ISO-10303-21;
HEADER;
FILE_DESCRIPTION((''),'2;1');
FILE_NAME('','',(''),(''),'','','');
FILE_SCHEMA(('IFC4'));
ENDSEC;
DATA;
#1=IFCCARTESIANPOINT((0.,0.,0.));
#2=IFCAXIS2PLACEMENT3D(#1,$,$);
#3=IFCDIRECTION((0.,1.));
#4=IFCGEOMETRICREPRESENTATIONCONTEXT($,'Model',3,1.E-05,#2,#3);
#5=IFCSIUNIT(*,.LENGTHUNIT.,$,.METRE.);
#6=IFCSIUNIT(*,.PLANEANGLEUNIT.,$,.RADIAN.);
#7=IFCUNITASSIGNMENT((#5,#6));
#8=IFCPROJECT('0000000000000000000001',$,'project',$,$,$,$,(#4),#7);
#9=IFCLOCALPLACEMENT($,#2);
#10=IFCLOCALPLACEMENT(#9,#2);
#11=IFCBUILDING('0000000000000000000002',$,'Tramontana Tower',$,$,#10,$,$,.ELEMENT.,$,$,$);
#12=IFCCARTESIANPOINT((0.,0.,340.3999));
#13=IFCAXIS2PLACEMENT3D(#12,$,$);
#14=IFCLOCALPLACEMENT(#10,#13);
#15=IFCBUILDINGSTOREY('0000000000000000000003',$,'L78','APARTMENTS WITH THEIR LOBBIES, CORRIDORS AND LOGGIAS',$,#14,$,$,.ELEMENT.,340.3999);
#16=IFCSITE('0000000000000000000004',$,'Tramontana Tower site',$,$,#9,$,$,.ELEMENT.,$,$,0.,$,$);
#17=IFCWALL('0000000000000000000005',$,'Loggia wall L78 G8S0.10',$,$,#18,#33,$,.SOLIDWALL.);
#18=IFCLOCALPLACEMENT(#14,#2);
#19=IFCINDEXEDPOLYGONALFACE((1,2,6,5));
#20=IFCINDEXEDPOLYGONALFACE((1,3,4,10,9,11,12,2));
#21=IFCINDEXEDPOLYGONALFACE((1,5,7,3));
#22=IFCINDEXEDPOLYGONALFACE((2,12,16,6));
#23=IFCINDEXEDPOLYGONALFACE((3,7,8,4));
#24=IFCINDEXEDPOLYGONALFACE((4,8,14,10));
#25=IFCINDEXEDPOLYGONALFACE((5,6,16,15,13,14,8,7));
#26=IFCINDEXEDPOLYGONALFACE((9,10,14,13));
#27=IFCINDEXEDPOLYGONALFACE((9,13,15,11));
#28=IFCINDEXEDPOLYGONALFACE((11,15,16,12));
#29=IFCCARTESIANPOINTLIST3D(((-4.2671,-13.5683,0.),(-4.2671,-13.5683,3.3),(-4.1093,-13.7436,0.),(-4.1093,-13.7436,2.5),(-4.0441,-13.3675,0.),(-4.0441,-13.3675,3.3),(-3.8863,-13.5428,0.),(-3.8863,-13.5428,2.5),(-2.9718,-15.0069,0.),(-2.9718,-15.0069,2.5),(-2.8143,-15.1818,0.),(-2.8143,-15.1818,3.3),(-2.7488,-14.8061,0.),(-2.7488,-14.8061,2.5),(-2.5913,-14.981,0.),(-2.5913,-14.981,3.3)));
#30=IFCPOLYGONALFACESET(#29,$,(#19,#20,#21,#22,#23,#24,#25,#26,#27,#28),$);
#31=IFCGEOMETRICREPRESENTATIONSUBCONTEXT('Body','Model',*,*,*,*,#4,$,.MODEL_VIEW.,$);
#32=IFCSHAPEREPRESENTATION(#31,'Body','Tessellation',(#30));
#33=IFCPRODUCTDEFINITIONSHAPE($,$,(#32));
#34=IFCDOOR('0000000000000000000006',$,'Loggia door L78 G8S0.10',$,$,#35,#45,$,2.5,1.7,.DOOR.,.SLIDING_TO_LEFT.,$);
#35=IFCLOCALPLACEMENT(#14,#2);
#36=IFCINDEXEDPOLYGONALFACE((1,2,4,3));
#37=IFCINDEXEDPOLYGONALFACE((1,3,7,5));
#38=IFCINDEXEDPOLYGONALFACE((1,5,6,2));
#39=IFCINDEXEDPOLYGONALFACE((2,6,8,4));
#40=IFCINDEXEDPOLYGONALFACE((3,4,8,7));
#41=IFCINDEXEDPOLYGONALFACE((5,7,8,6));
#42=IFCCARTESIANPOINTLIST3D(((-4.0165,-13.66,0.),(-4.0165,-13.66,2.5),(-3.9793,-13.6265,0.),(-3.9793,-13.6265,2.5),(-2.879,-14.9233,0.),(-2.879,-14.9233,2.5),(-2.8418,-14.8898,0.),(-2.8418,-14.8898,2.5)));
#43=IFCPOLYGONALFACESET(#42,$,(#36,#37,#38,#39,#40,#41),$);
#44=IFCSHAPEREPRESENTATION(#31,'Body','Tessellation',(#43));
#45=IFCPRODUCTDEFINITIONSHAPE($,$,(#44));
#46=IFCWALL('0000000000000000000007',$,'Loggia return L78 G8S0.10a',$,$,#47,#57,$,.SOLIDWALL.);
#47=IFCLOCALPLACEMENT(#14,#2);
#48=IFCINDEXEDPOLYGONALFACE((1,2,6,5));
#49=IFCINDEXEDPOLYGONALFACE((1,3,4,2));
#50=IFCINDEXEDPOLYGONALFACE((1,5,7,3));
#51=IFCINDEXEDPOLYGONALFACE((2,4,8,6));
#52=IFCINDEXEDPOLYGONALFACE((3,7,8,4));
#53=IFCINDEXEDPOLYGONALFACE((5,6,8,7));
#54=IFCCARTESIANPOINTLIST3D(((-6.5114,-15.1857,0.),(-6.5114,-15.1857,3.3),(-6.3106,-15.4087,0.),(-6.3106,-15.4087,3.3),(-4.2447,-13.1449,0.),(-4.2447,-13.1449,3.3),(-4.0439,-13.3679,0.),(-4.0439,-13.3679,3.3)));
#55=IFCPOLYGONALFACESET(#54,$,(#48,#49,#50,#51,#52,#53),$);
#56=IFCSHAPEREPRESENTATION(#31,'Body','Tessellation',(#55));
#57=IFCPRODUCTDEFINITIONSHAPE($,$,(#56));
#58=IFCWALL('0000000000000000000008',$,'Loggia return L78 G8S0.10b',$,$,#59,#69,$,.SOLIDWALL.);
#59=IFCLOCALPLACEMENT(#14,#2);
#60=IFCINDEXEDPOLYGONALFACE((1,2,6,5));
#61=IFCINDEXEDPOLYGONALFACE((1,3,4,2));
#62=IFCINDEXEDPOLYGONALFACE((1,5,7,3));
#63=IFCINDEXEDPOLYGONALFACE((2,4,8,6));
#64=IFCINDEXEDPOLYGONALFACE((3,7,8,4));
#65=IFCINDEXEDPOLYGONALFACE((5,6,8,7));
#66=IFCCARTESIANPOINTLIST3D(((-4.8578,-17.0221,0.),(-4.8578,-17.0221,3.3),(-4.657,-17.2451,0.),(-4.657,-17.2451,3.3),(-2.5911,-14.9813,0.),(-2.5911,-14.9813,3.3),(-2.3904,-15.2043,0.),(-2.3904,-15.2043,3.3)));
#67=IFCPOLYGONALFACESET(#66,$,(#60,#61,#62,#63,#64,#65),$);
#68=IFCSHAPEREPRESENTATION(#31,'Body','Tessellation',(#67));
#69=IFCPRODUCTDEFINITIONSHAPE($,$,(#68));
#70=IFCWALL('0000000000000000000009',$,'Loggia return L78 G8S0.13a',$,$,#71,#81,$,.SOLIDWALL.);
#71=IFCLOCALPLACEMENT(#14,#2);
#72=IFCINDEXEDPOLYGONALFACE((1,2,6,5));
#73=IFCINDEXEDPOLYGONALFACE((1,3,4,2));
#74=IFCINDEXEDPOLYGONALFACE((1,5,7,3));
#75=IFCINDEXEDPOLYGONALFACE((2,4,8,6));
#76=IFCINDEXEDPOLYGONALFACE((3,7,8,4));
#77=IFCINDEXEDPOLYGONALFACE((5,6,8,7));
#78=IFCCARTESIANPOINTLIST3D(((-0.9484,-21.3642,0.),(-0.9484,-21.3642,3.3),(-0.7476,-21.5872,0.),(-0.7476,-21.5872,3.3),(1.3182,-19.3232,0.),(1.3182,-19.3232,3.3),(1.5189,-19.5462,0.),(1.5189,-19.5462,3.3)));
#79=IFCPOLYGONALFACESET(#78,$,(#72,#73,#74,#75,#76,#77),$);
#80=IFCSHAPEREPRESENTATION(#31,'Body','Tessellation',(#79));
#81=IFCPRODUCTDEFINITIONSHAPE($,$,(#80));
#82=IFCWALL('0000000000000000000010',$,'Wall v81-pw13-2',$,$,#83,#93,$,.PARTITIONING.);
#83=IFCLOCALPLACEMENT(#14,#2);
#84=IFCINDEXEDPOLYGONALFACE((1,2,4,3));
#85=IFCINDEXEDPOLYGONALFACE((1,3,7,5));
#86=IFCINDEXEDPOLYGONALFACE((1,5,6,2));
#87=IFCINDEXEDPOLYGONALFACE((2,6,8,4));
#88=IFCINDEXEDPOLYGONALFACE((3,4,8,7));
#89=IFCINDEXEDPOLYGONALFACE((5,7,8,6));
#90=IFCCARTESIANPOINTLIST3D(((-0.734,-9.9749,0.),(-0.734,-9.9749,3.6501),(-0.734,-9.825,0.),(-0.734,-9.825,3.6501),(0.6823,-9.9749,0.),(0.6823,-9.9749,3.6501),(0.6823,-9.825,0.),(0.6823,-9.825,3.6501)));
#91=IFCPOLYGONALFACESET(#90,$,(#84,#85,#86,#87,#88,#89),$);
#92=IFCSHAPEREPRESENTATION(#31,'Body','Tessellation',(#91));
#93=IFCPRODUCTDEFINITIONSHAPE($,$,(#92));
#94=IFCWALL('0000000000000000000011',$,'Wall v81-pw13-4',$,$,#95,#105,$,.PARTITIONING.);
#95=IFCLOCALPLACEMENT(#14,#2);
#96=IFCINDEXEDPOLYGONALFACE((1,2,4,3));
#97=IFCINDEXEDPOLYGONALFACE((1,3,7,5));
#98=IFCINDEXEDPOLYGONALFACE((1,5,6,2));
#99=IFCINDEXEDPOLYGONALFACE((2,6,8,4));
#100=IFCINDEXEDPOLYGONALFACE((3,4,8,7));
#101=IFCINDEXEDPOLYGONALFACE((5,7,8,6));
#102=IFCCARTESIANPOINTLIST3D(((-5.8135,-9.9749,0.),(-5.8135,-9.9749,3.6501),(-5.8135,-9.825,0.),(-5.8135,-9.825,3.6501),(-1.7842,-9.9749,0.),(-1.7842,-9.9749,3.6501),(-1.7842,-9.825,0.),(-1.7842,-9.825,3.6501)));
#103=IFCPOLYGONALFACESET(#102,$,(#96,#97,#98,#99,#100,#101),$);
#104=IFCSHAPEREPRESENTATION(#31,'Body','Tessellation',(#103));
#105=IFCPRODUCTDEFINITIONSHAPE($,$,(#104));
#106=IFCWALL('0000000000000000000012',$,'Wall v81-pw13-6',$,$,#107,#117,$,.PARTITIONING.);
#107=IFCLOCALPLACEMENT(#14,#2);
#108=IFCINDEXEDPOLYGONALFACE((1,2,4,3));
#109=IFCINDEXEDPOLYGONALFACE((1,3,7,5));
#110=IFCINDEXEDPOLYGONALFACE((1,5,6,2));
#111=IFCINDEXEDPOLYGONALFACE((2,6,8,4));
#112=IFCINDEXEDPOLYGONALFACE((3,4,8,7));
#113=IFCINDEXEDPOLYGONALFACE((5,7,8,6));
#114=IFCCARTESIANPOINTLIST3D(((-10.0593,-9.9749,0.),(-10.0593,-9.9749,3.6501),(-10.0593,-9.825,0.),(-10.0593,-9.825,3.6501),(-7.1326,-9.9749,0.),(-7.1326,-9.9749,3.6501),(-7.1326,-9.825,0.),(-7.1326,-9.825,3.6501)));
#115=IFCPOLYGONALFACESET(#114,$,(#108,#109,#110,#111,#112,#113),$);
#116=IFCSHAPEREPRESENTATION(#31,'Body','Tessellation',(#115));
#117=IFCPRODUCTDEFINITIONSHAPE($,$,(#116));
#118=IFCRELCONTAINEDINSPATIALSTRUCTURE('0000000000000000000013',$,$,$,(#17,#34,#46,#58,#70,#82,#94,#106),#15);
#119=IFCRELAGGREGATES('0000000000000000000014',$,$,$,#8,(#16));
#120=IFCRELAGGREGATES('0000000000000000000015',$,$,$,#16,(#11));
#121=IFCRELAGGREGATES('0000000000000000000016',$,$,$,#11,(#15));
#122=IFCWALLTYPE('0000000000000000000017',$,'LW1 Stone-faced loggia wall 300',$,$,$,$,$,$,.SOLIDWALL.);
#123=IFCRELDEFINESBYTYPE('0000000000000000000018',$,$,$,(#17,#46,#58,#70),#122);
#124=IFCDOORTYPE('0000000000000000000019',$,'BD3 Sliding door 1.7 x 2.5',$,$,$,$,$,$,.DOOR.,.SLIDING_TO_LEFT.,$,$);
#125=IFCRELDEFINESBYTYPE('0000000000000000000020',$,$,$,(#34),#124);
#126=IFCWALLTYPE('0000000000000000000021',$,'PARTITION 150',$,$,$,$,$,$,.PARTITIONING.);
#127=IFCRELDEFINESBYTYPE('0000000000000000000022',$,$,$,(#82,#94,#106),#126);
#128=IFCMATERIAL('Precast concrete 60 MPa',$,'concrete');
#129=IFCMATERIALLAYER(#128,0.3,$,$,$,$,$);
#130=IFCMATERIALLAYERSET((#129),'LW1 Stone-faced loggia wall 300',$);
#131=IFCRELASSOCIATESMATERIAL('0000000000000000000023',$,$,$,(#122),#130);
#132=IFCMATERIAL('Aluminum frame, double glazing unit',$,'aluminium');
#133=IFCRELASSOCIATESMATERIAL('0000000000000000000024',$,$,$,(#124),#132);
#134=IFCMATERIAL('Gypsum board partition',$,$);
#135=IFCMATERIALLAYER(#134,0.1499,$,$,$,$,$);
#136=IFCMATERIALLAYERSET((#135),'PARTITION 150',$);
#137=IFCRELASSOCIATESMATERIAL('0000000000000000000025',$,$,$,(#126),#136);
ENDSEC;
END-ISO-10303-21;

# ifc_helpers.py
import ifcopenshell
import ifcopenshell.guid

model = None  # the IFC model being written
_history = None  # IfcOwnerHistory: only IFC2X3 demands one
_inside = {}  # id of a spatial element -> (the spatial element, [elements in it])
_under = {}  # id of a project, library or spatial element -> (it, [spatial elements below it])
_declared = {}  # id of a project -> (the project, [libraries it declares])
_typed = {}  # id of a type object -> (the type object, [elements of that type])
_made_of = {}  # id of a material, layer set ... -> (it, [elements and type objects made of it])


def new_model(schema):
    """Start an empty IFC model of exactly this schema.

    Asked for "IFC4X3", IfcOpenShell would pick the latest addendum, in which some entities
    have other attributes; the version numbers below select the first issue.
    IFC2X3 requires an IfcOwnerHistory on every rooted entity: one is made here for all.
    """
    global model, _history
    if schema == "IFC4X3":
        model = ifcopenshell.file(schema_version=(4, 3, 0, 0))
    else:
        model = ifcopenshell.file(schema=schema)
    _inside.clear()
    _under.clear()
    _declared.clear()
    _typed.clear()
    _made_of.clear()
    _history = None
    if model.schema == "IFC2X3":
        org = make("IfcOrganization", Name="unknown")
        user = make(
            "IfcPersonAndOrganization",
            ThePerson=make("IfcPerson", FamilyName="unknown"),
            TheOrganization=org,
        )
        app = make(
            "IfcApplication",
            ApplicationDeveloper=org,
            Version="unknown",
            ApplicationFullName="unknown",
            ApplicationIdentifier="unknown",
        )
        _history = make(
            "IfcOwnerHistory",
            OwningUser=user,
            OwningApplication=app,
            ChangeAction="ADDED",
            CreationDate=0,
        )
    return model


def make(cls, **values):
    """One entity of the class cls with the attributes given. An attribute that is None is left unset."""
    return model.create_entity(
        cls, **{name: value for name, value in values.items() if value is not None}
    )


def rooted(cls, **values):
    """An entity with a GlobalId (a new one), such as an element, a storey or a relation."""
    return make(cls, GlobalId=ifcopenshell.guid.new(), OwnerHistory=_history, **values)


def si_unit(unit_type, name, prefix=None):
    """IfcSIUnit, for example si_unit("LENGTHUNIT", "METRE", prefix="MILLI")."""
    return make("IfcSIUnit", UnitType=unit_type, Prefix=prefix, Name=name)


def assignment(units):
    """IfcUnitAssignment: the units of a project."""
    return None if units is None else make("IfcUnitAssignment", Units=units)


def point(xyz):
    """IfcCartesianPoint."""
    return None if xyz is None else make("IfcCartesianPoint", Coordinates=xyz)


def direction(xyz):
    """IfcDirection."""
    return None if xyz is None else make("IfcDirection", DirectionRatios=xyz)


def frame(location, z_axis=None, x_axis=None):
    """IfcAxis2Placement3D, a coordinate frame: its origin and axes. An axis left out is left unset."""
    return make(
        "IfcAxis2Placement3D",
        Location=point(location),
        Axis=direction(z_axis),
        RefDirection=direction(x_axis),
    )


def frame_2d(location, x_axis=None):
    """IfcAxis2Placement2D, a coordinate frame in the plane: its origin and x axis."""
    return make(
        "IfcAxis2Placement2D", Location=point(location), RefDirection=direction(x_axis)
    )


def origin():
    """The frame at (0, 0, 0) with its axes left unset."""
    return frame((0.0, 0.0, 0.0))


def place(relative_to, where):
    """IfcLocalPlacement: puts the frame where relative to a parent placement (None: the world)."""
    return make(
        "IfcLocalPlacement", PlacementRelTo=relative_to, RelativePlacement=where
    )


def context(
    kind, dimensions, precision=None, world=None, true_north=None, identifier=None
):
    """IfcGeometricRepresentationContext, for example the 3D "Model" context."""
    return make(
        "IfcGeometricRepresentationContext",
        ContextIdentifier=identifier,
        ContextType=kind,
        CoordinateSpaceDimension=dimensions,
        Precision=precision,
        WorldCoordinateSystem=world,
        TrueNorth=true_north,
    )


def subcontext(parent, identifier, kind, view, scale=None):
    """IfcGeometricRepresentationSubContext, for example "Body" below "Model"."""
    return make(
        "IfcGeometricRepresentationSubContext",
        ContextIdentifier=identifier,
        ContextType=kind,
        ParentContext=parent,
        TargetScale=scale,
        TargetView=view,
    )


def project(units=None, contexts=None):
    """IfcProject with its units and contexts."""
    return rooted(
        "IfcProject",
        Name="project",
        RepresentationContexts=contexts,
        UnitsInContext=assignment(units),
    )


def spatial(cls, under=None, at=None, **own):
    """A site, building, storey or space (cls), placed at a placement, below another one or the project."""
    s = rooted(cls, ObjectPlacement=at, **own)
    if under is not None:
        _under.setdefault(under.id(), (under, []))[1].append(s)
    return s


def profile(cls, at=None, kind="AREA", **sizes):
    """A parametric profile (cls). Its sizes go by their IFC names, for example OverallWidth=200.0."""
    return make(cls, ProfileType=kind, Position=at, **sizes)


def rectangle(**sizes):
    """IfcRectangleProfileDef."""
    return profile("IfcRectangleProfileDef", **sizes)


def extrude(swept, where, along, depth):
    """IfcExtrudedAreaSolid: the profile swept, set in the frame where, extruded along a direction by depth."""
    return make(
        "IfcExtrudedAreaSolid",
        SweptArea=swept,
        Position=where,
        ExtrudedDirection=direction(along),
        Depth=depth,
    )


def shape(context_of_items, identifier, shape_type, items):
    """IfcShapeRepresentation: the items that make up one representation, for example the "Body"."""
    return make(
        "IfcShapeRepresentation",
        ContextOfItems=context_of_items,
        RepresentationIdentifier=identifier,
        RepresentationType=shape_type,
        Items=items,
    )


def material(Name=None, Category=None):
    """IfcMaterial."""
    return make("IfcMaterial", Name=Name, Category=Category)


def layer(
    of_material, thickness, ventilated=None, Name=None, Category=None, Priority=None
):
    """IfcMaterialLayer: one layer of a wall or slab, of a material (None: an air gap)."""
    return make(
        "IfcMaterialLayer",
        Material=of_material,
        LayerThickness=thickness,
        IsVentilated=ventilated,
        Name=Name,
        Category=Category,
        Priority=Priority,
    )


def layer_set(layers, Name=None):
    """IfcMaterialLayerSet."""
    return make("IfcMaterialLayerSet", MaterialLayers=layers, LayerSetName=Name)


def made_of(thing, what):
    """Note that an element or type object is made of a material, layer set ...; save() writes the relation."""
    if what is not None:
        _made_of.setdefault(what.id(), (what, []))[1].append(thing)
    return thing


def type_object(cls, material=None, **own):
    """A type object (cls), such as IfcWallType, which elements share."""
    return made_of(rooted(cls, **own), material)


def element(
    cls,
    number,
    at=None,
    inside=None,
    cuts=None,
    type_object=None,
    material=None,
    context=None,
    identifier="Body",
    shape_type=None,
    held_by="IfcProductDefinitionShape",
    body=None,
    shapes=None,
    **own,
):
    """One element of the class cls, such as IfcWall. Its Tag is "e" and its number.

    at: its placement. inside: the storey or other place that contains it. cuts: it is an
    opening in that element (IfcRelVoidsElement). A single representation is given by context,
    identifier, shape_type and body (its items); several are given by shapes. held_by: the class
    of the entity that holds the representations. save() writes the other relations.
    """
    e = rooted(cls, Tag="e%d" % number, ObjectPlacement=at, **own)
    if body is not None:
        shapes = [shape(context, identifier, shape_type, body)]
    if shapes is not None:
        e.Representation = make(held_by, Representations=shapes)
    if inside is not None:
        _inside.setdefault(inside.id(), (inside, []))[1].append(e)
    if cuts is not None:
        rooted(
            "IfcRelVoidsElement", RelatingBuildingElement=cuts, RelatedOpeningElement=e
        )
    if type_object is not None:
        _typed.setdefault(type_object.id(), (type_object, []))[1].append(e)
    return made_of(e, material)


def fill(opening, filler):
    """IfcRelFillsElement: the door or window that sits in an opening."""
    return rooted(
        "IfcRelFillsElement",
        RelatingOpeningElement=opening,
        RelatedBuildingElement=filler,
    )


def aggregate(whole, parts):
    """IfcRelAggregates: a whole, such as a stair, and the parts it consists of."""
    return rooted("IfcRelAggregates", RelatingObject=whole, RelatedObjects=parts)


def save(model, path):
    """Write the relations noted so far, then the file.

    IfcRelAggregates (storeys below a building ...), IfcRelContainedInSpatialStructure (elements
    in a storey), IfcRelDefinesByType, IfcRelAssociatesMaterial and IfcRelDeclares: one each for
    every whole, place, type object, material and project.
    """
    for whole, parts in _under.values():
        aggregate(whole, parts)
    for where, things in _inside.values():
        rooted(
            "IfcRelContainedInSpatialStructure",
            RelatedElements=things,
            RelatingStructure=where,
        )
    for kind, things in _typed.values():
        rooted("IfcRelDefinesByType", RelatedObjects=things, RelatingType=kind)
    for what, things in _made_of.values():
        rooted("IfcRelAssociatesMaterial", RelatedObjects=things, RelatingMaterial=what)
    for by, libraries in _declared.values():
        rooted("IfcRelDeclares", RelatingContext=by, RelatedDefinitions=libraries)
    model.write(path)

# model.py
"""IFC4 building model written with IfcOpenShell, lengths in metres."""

from ifc_helpers import new_model, si_unit, direction, frame, frame_2d, origin, place, context, subcontext, project, spatial, rectangle, extrude, material, layer, layer_set, type_object, element, fill, save


model = new_model("IFC4")

# Units and contexts
model_context = context("Model", 3, precision=1e-05, world=origin(), true_north=direction((0.0, 1.0)))
body_context = subcontext(model_context, "Body", "Model", "MODEL_VIEW")
ifc_project = project(units=[si_unit("LENGTHUNIT", "METRE"), si_unit("PLANEANGLEUNIT", "RADIAN")], contexts=[model_context])

# Site, building, storey
site_placement = place(None, origin())
site = spatial("IfcSite", under=ifc_project, at=site_placement, Name="Tramontana Tower site", CompositionType="ELEMENT", RefElevation=0.0)
building_placement = place(site_placement, origin())
building = spatial("IfcBuilding", under=site, at=building_placement, Name="Tramontana Tower", CompositionType="ELEMENT")
storey_placement = place(building_placement, frame((0.0, 0.0, 340.3999)))
storey = spatial("IfcBuildingStorey", under=building, at=storey_placement, Name="L78", Description="APARTMENTS WITH THEIR LOBBIES, CORRIDORS AND LOGGIAS", CompositionType="ELEMENT", Elevation=340.3999)

# Wall, opening, door
ifc_material_1 = material(Name="Precast concrete 60 MPa", Category="concrete")
ifc_layer_1 = layer(ifc_material_1, 0.3)
ifc_layer_set_1 = layer_set([ifc_layer_1], Name="LW1 Stone-faced loggia wall 300")
wall_type_1 = type_object("IfcWallType", Name="LW1 Stone-faced loggia wall 300", PredefinedType="SOLIDWALL", material=ifc_layer_set_1)
wall_1_placement = place(storey_placement, frame((-4.1555, -13.468, 0.0), z_axis=(0.0, 0.0, 1.0), x_axis=(0.669145, -0.743132, 0.0)))
wall_1 = element("IfcWall", 1, at=wall_1_placement, inside=storey, type_object=wall_type_1, Name="Loggia wall L78 G8S0.10", PredefinedType="SOLIDWALL", context=body_context, shape_type="SweptSolid", body=[
    extrude(rectangle(XDim=2.1711, YDim=0.3, at=frame_2d((1.0854, 0.0))), origin(), (0.0, 0.0, 1.0), 3.3),
])
opening_1_placement = place(wall_1_placement, frame((0.2356, 0.0, 0.0)))
opening_1 = element("IfcOpeningElement", 2, at=opening_1_placement, cuts=wall_1, PredefinedType="OPENING", context=body_context, shape_type="SweptSolid", body=[
    extrude(rectangle(XDim=1.7, YDim=2.5, at=frame_2d((0.8501, 1.25))), frame((0.0, 0.1599, 0.0), z_axis=(0.0, -1.0, 0.0), x_axis=(1.0, 0.0, 0.0)), (0.0, 0.0, 1.0), 0.3201),
])
ifc_material_2 = material(Name="Aluminum frame, double glazing unit", Category="aluminium")
door_type_1 = type_object("IfcDoorType", Name="BD3 Sliding door 1.7 x 2.5", OperationType="SLIDING_TO_LEFT", PredefinedType="DOOR", material=ifc_material_2)
door_1_placement = place(opening_1_placement, origin())
door_1 = element("IfcDoor", 3, at=door_1_placement, inside=storey, type_object=door_type_1, Name="Loggia door L78 G8S0.10", OperationType="SLIDING_TO_LEFT", OverallHeight=2.5, OverallWidth=1.7, PredefinedType="DOOR", context=body_context, shape_type="SweptSolid", body=[
    extrude(rectangle(XDim=1.7, YDim=2.5, at=frame_2d((0.8501, 1.25))), frame((0.0, 0.0249, 0.0), z_axis=(0.0, -1.0, 0.0), x_axis=(1.0, 0.0, 0.0)), (0.0, 0.0, 1.0), 0.05),
])
fill(opening_1, door_1)

# Walls
for number, where, z_axis, x_axis, name in (
    (4, (-6.4109, -15.2971, 0.0), (0.0, 0.0, 1.0), (0.743159, 0.669115, 0.0), "Loggia return L78 G8S0.10a"),
    (5, (-4.7573, -17.1335, 0.0), (0.0, 0.0, 1.0), (0.743159, 0.669115, 0.0), "Loggia return L78 G8S0.10b"),
    (6, (-0.8479, -21.4756, 0.0), (0.0, 0.0, 1.0), (0.743119, 0.669159, 0.0), "Loggia return L78 G8S0.13a"),
):
    element("IfcWall", number, at=place(storey_placement, frame(where, z_axis=z_axis, x_axis=x_axis)), inside=storey, type_object=wall_type_1, Name=name, PredefinedType="SOLIDWALL", context=body_context, shape_type="SweptSolid", body=[
        extrude(rectangle(XDim=3.05, YDim=0.3, at=frame_2d((1.5249, 0.0))), origin(), (0.0, 0.0, 1.0), 3.3),
    ])
ifc_material_3 = material(Name="Gypsum board partition")
ifc_layer_2 = layer(ifc_material_3, 0.1499)
ifc_layer_set_2 = layer_set([ifc_layer_2], Name="PARTITION 150")
wall_type_2 = type_object("IfcWallType", Name="PARTITION 150", PredefinedType="PARTITIONING", material=ifc_layer_set_2)
wall_2_placement = place(storey_placement, frame((0.6821, -9.8999, 0.0), z_axis=(0.0, 0.0, 1.0), x_axis=(-1.0, 0.0, 0.0)))
element("IfcWall", 7, at=wall_2_placement, inside=storey, type_object=wall_type_2, Name="Wall v81-pw13-2", PredefinedType="PARTITIONING", context=body_context, shape_type="SweptSolid", body=[
    extrude(rectangle(XDim=1.4163, YDim=0.1499, at=frame_2d((0.708, 0.0))), origin(), (0.0, 0.0, 1.0), 3.6501),
])

# Wall
wall_3_placement = place(storey_placement, frame((-1.7842, -9.8999, 0.0), z_axis=(0.0, 0.0, 1.0), x_axis=(-1.0, 0.0, 0.0)))
element("IfcWall", 8, at=wall_3_placement, inside=storey, type_object=wall_type_2, Name="Wall v81-pw13-4", PredefinedType="PARTITIONING", context=body_context, shape_type="SweptSolid", body=[
    extrude(rectangle(XDim=4.0293, YDim=0.1499, at=frame_2d((2.0146, 0.0))), origin(), (0.0, 0.0, 1.0), 3.6501),
])

# Wall
wall_4_placement = place(storey_placement, frame((-7.1326, -9.8999, 0.0), z_axis=(0.0, 0.0, 1.0), x_axis=(-1.0, 0.0, 0.0)))
element("IfcWall", 9, at=wall_4_placement, inside=storey, type_object=wall_type_2, Name="Wall v81-pw13-6", PredefinedType="PARTITIONING", context=body_context, shape_type="SweptSolid", body=[
    extrude(rectangle(XDim=2.9268, YDim=0.1499, at=frame_2d((1.4634, 0.0))), origin(), (0.0, 0.0, 1.0), 3.6501),
])

save(model, "model.ifc")
